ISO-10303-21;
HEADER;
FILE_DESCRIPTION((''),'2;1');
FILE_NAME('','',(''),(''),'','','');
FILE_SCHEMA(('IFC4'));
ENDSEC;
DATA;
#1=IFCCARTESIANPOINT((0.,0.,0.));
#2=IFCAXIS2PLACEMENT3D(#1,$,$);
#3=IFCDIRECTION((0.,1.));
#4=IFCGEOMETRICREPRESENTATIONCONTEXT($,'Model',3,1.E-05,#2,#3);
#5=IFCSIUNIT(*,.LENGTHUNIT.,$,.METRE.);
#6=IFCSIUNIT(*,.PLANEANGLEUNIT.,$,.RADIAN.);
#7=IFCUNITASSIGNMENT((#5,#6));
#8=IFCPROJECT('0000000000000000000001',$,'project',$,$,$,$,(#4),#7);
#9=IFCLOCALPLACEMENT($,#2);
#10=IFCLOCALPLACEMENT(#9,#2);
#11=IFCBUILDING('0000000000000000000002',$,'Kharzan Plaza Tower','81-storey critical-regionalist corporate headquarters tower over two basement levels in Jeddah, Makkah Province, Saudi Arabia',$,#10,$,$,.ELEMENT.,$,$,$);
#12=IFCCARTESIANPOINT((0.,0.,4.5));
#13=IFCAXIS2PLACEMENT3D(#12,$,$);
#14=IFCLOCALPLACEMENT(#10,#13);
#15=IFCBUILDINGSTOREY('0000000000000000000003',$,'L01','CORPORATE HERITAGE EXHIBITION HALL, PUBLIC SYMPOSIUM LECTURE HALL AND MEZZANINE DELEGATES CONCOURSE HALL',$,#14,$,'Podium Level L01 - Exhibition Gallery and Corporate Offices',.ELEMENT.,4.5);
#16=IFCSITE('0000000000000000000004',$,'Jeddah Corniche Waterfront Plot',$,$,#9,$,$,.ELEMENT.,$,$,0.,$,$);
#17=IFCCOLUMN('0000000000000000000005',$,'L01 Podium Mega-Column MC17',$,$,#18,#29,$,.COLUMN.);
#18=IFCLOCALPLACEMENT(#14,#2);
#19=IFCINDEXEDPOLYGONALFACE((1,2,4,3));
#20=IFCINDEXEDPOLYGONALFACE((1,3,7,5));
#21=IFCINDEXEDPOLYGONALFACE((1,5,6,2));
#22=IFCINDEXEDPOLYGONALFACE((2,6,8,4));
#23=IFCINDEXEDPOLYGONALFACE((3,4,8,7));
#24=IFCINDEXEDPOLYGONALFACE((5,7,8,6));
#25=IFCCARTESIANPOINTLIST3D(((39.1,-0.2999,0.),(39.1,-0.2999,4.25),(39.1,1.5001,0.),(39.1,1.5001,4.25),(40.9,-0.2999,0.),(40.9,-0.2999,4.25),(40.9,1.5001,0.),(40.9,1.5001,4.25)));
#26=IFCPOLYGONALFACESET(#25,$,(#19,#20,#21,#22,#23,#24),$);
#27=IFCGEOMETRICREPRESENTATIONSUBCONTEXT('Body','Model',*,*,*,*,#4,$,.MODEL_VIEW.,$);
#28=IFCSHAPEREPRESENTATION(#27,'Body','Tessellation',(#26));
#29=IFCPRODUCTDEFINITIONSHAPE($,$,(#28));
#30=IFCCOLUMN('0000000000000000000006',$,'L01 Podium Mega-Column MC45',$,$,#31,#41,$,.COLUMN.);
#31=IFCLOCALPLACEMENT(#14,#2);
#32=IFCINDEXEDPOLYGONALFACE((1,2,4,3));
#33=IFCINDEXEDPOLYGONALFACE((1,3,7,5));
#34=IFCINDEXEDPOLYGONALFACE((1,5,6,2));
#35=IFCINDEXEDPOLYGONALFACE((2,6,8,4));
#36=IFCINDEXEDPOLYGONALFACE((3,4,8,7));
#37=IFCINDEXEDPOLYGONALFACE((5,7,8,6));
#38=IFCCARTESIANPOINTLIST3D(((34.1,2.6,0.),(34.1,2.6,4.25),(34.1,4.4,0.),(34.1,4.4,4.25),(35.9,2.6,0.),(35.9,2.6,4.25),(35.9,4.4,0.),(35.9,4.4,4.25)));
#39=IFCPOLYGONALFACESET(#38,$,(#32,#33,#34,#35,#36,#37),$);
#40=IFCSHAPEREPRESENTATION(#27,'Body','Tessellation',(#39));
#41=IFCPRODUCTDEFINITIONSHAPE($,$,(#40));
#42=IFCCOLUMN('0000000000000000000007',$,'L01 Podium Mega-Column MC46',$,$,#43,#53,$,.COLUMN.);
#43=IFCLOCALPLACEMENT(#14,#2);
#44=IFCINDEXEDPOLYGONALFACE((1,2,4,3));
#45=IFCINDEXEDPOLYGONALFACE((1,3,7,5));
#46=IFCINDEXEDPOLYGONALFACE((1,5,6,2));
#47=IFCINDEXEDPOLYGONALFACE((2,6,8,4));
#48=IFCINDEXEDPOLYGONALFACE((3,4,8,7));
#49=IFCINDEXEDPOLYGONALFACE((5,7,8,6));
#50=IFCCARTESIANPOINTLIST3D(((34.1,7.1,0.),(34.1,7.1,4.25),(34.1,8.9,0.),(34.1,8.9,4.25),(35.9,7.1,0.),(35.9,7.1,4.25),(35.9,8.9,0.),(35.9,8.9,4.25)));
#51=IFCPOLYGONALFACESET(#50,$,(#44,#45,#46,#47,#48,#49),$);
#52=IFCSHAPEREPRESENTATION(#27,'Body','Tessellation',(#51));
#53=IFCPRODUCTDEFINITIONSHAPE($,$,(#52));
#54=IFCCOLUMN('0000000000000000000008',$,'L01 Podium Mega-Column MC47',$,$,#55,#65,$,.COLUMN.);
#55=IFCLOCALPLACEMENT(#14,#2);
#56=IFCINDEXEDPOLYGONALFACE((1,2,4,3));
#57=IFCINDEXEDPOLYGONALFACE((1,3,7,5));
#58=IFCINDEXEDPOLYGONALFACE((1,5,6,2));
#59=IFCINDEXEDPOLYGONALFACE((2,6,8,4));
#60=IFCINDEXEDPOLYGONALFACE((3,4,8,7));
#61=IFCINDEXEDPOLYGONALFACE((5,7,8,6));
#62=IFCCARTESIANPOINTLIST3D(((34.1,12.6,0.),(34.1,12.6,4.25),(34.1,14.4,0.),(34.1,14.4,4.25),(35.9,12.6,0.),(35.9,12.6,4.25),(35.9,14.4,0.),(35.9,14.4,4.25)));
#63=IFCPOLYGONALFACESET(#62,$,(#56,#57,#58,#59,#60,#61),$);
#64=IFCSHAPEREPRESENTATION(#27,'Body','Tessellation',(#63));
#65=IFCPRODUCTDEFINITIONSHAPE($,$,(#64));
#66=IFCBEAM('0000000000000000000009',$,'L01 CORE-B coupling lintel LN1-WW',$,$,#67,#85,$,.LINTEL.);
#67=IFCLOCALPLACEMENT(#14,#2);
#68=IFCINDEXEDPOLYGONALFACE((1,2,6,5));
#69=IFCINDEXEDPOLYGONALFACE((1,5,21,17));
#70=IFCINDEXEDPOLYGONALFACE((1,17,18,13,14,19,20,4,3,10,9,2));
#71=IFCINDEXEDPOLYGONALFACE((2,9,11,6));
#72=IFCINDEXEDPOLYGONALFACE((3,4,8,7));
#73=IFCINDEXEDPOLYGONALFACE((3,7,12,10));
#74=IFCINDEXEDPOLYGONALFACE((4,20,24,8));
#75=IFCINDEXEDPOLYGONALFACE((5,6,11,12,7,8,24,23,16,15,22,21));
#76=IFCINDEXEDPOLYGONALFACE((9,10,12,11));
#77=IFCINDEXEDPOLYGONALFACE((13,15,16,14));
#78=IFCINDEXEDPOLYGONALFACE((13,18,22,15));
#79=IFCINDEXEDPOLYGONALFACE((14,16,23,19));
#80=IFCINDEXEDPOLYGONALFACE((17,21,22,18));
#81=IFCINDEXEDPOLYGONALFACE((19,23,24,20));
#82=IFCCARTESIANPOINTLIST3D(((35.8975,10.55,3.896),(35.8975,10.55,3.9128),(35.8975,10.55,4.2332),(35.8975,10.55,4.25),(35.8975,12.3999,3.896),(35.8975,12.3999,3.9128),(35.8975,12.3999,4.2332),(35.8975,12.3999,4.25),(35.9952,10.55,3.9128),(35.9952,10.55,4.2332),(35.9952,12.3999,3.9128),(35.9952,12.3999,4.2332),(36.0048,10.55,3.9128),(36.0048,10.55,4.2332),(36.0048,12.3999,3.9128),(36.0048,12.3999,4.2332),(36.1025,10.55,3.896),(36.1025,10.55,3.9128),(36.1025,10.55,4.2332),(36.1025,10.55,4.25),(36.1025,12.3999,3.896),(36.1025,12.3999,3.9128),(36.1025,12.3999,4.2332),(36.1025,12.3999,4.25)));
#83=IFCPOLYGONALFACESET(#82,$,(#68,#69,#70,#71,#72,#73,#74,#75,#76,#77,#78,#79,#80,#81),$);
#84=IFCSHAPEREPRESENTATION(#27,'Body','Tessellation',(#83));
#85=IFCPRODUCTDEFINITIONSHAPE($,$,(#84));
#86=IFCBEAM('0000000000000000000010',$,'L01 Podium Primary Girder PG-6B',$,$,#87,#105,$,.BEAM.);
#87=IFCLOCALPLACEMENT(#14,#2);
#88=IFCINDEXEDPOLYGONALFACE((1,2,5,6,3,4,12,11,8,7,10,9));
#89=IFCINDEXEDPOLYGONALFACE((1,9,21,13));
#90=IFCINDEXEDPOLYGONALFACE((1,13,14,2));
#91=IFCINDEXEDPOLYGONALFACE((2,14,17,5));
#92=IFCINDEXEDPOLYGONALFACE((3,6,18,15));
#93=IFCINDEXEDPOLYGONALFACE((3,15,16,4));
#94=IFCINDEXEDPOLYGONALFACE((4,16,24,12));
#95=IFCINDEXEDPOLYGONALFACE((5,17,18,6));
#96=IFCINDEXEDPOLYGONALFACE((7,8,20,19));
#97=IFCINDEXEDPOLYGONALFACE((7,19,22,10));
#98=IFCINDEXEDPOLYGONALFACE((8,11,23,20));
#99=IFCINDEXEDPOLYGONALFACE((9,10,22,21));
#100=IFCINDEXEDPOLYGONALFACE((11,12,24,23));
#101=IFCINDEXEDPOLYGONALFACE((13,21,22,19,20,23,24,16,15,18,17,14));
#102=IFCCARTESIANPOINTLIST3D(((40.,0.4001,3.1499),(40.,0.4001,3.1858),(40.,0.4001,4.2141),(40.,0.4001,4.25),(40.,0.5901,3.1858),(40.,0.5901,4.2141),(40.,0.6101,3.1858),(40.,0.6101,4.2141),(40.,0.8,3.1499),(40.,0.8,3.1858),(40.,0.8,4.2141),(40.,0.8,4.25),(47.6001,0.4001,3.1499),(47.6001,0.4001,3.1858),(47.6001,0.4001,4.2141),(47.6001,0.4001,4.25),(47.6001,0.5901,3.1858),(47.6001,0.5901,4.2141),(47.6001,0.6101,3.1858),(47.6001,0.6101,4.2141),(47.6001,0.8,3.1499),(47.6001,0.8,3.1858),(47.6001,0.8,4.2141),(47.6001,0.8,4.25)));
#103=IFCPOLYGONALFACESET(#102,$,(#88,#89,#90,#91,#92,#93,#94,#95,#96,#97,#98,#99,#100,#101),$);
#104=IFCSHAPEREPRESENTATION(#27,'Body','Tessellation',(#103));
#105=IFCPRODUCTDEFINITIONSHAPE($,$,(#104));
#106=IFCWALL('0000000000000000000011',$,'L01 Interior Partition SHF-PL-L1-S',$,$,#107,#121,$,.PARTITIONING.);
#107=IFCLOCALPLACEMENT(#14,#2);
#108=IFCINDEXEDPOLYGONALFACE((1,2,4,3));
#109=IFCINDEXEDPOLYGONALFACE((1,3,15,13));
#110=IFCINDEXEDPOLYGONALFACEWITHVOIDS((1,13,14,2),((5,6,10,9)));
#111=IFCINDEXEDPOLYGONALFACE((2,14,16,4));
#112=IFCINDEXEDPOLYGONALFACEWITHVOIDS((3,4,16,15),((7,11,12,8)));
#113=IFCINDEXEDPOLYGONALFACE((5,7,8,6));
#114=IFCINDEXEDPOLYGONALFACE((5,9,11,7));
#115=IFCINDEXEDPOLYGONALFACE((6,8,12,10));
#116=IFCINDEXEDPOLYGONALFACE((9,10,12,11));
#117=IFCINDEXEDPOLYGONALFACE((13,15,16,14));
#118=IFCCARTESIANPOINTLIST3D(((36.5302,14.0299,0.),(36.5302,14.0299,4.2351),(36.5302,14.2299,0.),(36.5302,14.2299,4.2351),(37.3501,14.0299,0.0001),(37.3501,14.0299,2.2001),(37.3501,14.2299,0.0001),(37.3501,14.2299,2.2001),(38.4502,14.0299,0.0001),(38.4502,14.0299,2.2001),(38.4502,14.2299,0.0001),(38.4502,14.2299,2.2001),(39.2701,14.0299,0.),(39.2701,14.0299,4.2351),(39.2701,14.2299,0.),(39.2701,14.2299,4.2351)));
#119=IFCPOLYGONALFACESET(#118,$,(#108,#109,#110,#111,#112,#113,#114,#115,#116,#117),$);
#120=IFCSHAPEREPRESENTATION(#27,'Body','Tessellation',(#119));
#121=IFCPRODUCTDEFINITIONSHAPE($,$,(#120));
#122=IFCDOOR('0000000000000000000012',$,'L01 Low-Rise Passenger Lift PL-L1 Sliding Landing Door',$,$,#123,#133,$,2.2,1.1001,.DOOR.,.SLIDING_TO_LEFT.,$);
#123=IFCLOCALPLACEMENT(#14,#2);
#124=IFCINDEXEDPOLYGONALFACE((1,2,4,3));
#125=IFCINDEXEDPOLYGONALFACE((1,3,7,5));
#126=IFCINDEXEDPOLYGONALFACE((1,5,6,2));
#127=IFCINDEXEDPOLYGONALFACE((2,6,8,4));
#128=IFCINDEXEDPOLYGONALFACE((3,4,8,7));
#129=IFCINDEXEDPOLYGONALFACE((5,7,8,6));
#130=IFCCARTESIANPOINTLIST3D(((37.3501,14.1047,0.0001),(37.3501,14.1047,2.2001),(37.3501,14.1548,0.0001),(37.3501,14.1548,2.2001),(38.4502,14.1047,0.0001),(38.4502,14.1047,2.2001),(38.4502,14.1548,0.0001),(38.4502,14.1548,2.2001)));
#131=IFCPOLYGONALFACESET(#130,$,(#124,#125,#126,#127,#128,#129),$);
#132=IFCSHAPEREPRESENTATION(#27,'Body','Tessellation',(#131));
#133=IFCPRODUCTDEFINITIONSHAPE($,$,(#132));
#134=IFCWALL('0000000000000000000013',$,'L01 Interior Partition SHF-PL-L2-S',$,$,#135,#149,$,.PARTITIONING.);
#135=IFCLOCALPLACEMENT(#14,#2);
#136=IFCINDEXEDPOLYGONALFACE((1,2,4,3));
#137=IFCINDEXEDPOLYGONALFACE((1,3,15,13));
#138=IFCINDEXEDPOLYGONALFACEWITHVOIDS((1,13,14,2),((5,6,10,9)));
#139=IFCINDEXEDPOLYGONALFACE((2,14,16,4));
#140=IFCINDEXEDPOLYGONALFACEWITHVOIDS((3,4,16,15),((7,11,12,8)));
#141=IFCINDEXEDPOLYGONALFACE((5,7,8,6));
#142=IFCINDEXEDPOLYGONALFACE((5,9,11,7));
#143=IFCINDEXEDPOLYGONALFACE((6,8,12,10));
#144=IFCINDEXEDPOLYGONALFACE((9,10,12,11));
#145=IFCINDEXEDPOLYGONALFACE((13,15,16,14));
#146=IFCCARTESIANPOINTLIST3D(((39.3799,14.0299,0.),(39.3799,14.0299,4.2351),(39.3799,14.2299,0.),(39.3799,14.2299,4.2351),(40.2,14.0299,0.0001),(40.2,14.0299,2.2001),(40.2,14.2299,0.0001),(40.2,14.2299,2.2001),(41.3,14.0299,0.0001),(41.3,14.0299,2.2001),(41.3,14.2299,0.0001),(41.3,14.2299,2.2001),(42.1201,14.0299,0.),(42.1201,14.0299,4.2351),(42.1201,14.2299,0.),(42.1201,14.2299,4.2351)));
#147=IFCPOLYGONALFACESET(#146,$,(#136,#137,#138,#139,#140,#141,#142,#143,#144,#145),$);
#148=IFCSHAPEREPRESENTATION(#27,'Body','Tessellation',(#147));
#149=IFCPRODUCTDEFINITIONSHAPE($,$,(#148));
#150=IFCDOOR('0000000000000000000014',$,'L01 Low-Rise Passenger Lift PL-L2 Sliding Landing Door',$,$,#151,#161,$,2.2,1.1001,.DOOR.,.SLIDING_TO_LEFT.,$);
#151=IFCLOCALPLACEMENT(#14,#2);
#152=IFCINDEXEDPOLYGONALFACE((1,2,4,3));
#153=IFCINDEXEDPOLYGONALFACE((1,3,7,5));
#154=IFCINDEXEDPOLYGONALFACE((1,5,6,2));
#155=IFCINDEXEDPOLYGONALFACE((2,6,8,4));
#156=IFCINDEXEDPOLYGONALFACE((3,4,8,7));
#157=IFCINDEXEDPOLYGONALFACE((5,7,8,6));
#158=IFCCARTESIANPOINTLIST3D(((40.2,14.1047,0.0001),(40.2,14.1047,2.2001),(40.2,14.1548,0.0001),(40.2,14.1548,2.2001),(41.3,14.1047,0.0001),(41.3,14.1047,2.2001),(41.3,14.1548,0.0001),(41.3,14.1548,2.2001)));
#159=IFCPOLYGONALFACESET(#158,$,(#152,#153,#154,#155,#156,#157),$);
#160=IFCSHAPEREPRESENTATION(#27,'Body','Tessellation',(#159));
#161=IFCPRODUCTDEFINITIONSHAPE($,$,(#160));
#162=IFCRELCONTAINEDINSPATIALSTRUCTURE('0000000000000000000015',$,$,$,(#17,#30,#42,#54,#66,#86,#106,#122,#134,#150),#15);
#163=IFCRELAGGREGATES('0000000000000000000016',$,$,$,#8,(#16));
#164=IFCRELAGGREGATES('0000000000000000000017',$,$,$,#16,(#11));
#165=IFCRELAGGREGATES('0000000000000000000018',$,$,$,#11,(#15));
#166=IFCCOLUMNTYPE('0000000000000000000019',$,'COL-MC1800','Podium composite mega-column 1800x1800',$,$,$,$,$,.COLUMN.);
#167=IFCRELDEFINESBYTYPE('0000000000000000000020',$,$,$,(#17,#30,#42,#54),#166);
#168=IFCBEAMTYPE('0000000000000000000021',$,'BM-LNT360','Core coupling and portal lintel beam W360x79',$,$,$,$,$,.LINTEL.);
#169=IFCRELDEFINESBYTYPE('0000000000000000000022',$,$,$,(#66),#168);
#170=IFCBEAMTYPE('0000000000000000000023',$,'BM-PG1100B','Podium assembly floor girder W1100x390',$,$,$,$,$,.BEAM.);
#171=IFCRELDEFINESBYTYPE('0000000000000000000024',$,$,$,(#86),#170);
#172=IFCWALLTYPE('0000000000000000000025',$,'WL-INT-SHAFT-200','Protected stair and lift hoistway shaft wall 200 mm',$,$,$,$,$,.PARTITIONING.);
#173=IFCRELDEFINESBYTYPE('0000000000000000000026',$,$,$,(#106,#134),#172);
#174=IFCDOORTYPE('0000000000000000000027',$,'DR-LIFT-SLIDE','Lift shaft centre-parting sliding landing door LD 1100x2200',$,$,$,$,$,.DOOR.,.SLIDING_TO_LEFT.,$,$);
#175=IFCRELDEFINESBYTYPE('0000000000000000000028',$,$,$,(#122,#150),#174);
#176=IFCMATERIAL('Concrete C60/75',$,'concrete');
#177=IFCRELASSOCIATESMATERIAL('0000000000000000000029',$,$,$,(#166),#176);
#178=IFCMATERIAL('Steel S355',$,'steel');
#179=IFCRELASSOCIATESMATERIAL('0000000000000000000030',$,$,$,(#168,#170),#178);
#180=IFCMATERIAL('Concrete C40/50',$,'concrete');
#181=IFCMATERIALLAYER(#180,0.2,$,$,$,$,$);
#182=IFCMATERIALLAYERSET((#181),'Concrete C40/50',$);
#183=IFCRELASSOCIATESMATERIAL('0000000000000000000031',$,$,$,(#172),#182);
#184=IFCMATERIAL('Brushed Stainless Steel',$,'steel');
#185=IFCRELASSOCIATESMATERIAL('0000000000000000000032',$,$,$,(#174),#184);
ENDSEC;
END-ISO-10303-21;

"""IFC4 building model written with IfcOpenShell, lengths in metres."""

from ifc_helpers import new_model, si_unit, direction, frame, frame_2d, origin, origin_2d, place, context, subcontext, project, spatial, rectangle, i_section, extrude, source, transform, mapped, material, layer, layer_set, material_profile, profile_set, type_object, element, fill, save


model = new_model("IFC4")

# Units and contexts
model_context = context("Model", 3, precision=1e-05, world=origin(), true_north=direction((0.0, 1.0)))
body_context = subcontext(model_context, "Body", "Model", "MODEL_VIEW")
ifc_project = project(units=[si_unit("LENGTHUNIT", "METRE"), si_unit("PLANEANGLEUNIT", "RADIAN")], contexts=[model_context])

# Site, building, storey
site_placement = place(None, origin())
site = spatial("IfcSite", under=ifc_project, at=site_placement, Name="Jeddah Corniche Waterfront Plot", CompositionType="ELEMENT", RefElevation=0.0)
building_placement = place(site_placement, origin())
building = spatial("IfcBuilding", under=site, at=building_placement, Name="Kharzan Plaza Tower", Description="81-storey critical-regionalist corporate headquarters tower over two basement levels in Jeddah, Makkah Province, Saudi Arabia", CompositionType="ELEMENT")
storey_placement = place(building_placement, frame((0.0, 0.0, 4.5)))
storey = spatial("IfcBuildingStorey", under=building, at=storey_placement, Name="L01", Description="CORPORATE HERITAGE EXHIBITION HALL, PUBLIC SYMPOSIUM LECTURE HALL AND MEZZANINE DELEGATES CONCOURSE HALL", LongName="Podium Level L01 - Exhibition Gallery and Corporate Offices", CompositionType="ELEMENT", Elevation=4.5)

# Columns
ifc_material_1 = material(Name="Concrete C60/75", Category="concrete")
ifc_material_profile_1 = material_profile(ifc_material_1, rectangle(XDim=1.8, YDim=1.8, at=origin_2d()), Name="RC-MC1800x1800")
ifc_profile_set_1 = profile_set([ifc_material_profile_1], Name="Concrete C60/75")
column_type = type_object("IfcColumnType", Name="COL-MC1800", Description="Podium composite mega-column 1800x1800", PredefinedType="COLUMN", material=ifc_profile_set_1)
shared_shape_1 = source(origin(), body_context, "Body", "SweptSolid", [
    extrude(rectangle(XDim=1.8, YDim=1.8, at=origin_2d()), origin(), (0.0, 0.0, 1.0), 4.25),
])
for number, where, z_axis, x_axis, name in (
    (1, (40.0, 0.6001, 0.0), (0.0, 0.0, 1.0), (1.0, 0.0, 0.0), "L01 Podium Mega-Column MC17"),
    (2, (35.0, 3.5, 0.0), (0.0, 0.0, 1.0), (1.0, 0.0, 0.0), "L01 Podium Mega-Column MC45"),
    (3, (35.0, 8.0, 0.0), (0.0, 0.0, 1.0), (1.0, 0.0, 0.0), "L01 Podium Mega-Column MC46"),
    (4, (35.0, 13.5, 0.0), (0.0, 0.0, 1.0), (1.0, 0.0, 0.0), "L01 Podium Mega-Column MC47"),
):
    element("IfcColumn", number, at=place(storey_placement, frame(where, z_axis=z_axis, x_axis=x_axis)), inside=storey, type_object=column_type, Name=name, PredefinedType="COLUMN", context=body_context, shape_type="MappedRepresentation", body=[
        mapped(shared_shape_1, transform((0.0, 0.0, 0.0), x_axis=(1.0, 0.0, 0.0), y_axis=(0.0, 1.0, 0.0), z_axis=(0.0, 0.0, 1.0))),
    ])

# Beams
ifc_material_2 = material(Name="Steel S355", Category="steel")
ifc_material_profile_2 = material_profile(ifc_material_2, i_section(OverallWidth=0.2051, OverallDepth=0.354, WebThickness=0.0095, FlangeThickness=0.0168, at=origin_2d()), Name="W360x79")
ifc_profile_set_2 = profile_set([ifc_material_profile_2], Name="Steel S355")
beam_type_1 = type_object("IfcBeamType", Name="BM-LNT360", Description="Core coupling and portal lintel beam W360x79", PredefinedType="LINTEL", material=ifc_profile_set_2)
shared_shape_2 = source(origin(), body_context, "Body", "SweptSolid", [
    extrude(i_section(OverallWidth=0.2051, OverallDepth=0.354, WebThickness=0.0095, FlangeThickness=0.0168, at=origin_2d()), origin(), (0.0, 0.0, 1.0), 1.8499),
])
beam_1_placement = place(storey_placement, frame((36.0, 10.55, 4.073), z_axis=(0.0, 1.0, 0.0), x_axis=(-1.0, 0.0, 0.0)))
element("IfcBeam", 5, at=beam_1_placement, inside=storey, type_object=beam_type_1, Name="L01 CORE-B coupling lintel LN1-WW", PredefinedType="LINTEL", context=body_context, shape_type="MappedRepresentation", body=[
    mapped(shared_shape_2, transform((0.0, 0.0, 0.0), x_axis=(1.0, 0.0, 0.0), y_axis=(0.0, 1.0, 0.0), z_axis=(0.0, 0.0, 1.0))),
])
ifc_material_profile_3 = material_profile(ifc_material_2, i_section(OverallWidth=0.3999, OverallDepth=1.1001, WebThickness=0.02, FlangeThickness=0.0359, at=origin_2d()), Name="W1100x390")
ifc_profile_set_3 = profile_set([ifc_material_profile_3], Name="Steel S355")
beam_type_2 = type_object("IfcBeamType", Name="BM-PG1100B", Description="Podium assembly floor girder W1100x390", PredefinedType="BEAM", material=ifc_profile_set_3)
shared_shape_3 = source(origin(), body_context, "Body", "SweptSolid", [
    extrude(i_section(OverallWidth=0.3999, OverallDepth=1.1001, WebThickness=0.02, FlangeThickness=0.0359, at=origin_2d()), origin(), (0.0, 0.0, 1.0), 7.6001),
])
beam_2_placement = place(storey_placement, frame((40.0, 0.6001, 3.7), z_axis=(1.0, 0.0, 0.0), x_axis=(0.0, 1.0, 0.0)))
element("IfcBeam", 6, at=beam_2_placement, inside=storey, type_object=beam_type_2, Name="L01 Podium Primary Girder PG-6B", PredefinedType="BEAM", context=body_context, shape_type="MappedRepresentation", body=[
    mapped(shared_shape_3, transform((0.0, 0.0, 0.0), x_axis=(1.0, 0.0, 0.0), y_axis=(0.0, 1.0, 0.0), z_axis=(0.0, 0.0, 1.0))),
])

# Walls, openings, doors
ifc_material_3 = material(Name="Concrete C40/50", Category="concrete")
ifc_layer_1 = layer(ifc_material_3, 0.2)
ifc_layer_set_1 = layer_set([ifc_layer_1], Name="Concrete C40/50")
wall_type_1 = type_object("IfcWallType", Name="WL-INT-SHAFT-200", Description="Protected stair and lift hoistway shaft wall 200 mm", PredefinedType="PARTITIONING", material=ifc_layer_set_1)
wall_1_placement = place(storey_placement, frame((36.53, 14.1299, 0.0), z_axis=(0.0, 0.0, 1.0), x_axis=(1.0, 0.0, 0.0)))
wall_1 = element("IfcWall", 7, at=wall_1_placement, inside=storey, type_object=wall_type_1, Name="L01 Interior Partition SHF-PL-L1-S", PredefinedType="PARTITIONING", context=body_context, shape_type="SweptSolid", body=[
    extrude(rectangle(XDim=2.74, YDim=0.2, at=frame_2d((1.3701, 0.0))), origin(), (0.0, 0.0, 1.0), 4.2351),
])
opening_1_placement = place(wall_1_placement, frame((0.8201, 0.0, 0.0)))
opening_1 = element("IfcOpeningElement", 8, at=opening_1_placement, cuts=wall_1, PredefinedType="OPENING", context=body_context, shape_type="SweptSolid", body=[
    extrude(rectangle(XDim=1.1001, YDim=2.2, at=frame_2d((0.55, 1.1001))), frame((0.0, 0.1099, 0.0), z_axis=(0.0, -1.0, 0.0), x_axis=(1.0, 0.0, 0.0)), (0.0, 0.0, 1.0), 0.22),
])
ifc_material_4 = material(Name="Brushed Stainless Steel", Category="steel")
door_type_1 = type_object("IfcDoorType", Name="DR-LIFT-SLIDE", Description="Lift shaft centre-parting sliding landing door LD 1100x2200", OperationType="SLIDING_TO_LEFT", PredefinedType="DOOR", material=ifc_material_4)
shared_shape_4 = source(origin(), body_context, "Body", "SweptSolid", [
    extrude(rectangle(XDim=1.1001, YDim=2.2, at=frame_2d((0.55, 1.1001))), frame((0.0, 0.0249, 0.0), z_axis=(0.0, -1.0, 0.0), x_axis=(1.0, 0.0, 0.0)), (0.0, 0.0, 1.0), 0.05),
])
door_1_placement = place(opening_1_placement, origin())
door_1 = element("IfcDoor", 9, at=door_1_placement, inside=storey, type_object=door_type_1, Name="L01 Low-Rise Passenger Lift PL-L1 Sliding Landing Door", OperationType="SLIDING_TO_LEFT", OverallHeight=2.2, OverallWidth=1.1001, PredefinedType="DOOR", context=body_context, shape_type="MappedRepresentation", body=[
    mapped(shared_shape_4, transform((0.0, 0.0, 0.0), x_axis=(1.0, 0.0, 0.0), y_axis=(0.0, 1.0, 0.0), z_axis=(0.0, 0.0, 1.0))),
])
fill(opening_1, door_1)
wall_2_placement = place(storey_placement, frame((39.3799, 14.1299, 0.0), z_axis=(0.0, 0.0, 1.0), x_axis=(1.0, 0.0, 0.0)))
wall_2 = element("IfcWall", 10, at=wall_2_placement, inside=storey, type_object=wall_type_1, Name="L01 Interior Partition SHF-PL-L2-S", PredefinedType="PARTITIONING", context=body_context, shape_type="SweptSolid", body=[
    extrude(rectangle(XDim=2.7402, YDim=0.2, at=frame_2d((1.3701, 0.0))), origin(), (0.0, 0.0, 1.0), 4.2351),
])
opening_2_placement = place(wall_2_placement, frame((0.8201, 0.0, 0.0)))
opening_2 = element("IfcOpeningElement", 11, at=opening_2_placement, cuts=wall_2, PredefinedType="OPENING", context=body_context, shape_type="SweptSolid", body=[
    extrude(rectangle(XDim=1.1001, YDim=2.2, at=frame_2d((0.55, 1.1001))), frame((0.0, 0.1099, 0.0), z_axis=(0.0, -1.0, 0.0), x_axis=(1.0, 0.0, 0.0)), (0.0, 0.0, 1.0), 0.22),
])
door_2_placement = place(opening_2_placement, origin())
door_2 = element("IfcDoor", 12, at=door_2_placement, inside=storey, type_object=door_type_1, Name="L01 Low-Rise Passenger Lift PL-L2 Sliding Landing Door", OperationType="SLIDING_TO_LEFT", OverallHeight=2.2, OverallWidth=1.1001, PredefinedType="DOOR", context=body_context, shape_type="MappedRepresentation", body=[
    mapped(shared_shape_4, transform((0.0, 0.0, 0.0), x_axis=(1.0, 0.0, 0.0), y_axis=(0.0, 1.0, 0.0), z_axis=(0.0, 0.0, 1.0))),
])
fill(opening_2, door_2)

save(model, "model.ifc")
